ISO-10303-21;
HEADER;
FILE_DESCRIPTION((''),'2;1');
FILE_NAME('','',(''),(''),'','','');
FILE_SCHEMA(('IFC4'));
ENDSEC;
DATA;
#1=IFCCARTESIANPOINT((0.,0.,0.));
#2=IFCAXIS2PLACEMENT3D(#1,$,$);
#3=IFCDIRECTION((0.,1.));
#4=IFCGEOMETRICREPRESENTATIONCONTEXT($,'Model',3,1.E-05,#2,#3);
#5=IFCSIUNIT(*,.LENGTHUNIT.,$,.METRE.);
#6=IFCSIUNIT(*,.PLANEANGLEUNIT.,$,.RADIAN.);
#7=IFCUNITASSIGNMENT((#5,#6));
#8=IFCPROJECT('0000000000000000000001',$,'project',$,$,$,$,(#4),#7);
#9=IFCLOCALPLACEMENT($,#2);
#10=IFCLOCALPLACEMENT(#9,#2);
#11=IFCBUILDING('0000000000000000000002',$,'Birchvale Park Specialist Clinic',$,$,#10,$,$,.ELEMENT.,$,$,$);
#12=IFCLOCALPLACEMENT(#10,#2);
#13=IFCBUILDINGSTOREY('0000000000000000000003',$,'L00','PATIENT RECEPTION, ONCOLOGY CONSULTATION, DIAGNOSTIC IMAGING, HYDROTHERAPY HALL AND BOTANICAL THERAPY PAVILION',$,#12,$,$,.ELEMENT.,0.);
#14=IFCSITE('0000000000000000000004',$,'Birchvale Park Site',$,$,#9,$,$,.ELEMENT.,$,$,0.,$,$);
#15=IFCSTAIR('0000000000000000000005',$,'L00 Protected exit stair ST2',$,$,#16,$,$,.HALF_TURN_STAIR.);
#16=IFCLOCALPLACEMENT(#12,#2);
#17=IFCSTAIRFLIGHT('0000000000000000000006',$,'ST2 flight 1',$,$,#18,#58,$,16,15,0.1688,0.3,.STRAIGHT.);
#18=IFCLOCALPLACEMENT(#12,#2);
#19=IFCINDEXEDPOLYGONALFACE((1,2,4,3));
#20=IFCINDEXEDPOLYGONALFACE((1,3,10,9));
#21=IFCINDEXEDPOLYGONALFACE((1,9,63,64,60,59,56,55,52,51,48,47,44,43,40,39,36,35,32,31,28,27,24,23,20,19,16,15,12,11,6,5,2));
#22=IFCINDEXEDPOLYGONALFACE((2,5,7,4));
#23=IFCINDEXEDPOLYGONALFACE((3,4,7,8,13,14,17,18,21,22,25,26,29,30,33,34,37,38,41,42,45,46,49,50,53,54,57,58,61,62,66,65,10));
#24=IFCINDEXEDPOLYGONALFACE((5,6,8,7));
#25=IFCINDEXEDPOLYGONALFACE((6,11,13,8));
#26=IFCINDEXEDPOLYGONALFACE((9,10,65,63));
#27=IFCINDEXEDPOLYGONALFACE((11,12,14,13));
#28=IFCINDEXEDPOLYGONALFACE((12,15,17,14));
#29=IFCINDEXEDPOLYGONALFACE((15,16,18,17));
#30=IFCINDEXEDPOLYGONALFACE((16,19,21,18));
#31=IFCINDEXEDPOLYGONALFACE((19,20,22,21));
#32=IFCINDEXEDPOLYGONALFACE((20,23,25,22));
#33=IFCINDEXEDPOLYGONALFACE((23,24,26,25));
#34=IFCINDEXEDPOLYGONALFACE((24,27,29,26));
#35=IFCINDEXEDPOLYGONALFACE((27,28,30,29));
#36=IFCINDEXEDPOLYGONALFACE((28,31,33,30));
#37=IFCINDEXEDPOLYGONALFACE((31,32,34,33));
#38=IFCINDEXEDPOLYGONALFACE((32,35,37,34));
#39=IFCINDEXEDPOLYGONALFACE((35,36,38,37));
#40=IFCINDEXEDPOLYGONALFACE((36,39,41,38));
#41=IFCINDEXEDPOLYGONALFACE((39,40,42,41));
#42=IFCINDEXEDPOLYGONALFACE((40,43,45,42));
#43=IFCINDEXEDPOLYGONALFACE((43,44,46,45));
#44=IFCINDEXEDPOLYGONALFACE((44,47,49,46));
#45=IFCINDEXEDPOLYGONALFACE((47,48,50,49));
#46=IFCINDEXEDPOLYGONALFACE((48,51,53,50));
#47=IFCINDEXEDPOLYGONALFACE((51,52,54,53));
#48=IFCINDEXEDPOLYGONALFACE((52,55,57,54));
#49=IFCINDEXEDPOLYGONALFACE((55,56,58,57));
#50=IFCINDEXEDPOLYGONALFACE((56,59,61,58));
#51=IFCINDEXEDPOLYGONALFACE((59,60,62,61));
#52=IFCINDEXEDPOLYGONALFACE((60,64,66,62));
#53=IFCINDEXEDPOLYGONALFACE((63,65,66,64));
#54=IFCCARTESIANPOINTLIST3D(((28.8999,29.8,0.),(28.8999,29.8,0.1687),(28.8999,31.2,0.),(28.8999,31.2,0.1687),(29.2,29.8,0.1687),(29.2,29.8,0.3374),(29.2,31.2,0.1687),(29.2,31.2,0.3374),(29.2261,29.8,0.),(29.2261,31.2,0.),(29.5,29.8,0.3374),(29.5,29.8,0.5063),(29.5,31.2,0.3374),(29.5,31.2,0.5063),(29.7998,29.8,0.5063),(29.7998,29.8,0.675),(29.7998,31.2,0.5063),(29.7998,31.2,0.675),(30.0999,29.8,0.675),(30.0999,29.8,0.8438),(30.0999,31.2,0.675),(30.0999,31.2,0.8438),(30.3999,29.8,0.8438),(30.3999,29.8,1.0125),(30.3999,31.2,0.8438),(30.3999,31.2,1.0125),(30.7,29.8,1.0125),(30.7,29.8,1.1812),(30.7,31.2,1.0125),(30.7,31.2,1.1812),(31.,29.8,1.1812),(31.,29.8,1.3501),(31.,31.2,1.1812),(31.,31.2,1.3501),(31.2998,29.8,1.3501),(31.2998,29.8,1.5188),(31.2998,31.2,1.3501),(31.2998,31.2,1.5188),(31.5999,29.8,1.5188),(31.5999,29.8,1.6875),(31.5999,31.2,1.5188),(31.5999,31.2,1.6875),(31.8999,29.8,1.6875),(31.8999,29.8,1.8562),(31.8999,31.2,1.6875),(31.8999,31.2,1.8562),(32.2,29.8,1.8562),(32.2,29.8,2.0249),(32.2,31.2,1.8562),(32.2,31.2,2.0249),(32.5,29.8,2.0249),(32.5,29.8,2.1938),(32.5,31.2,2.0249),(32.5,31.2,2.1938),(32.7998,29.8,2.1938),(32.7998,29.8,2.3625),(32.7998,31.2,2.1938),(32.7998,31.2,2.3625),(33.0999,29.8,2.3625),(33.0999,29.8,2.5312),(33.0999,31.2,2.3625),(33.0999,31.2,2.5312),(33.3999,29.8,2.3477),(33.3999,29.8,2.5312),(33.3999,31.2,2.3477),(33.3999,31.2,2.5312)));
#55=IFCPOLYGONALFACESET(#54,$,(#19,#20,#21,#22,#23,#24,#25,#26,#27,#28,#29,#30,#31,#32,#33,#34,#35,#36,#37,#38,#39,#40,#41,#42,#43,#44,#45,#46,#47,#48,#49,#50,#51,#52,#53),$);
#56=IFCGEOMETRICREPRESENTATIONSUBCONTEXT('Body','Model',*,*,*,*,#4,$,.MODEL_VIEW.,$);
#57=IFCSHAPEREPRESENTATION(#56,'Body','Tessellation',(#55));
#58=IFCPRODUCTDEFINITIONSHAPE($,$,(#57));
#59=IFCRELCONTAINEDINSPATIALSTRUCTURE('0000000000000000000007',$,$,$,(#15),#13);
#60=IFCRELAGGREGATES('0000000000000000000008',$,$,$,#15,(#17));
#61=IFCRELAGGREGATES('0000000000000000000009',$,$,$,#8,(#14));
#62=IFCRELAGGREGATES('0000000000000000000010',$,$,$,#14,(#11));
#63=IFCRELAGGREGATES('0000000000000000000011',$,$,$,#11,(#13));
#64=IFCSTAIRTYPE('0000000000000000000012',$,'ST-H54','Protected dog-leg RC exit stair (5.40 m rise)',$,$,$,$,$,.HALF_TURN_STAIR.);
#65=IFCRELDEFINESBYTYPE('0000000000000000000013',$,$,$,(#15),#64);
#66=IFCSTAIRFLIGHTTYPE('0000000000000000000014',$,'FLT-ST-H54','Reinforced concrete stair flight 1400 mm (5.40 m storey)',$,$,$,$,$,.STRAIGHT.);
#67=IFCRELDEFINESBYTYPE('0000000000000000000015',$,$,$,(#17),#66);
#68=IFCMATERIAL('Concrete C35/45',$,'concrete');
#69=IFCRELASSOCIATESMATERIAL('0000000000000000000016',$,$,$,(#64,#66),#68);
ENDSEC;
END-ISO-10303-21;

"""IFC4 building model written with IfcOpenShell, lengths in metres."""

from ifc_helpers import new_model, si_unit, direction, frame, origin, place, context, subcontext, project, spatial, polyline, outline, extrude, material, type_object, element, aggregate, save


model = new_model("IFC4")

# Units and contexts
model_context = context("Model", 3, precision=1e-05, world=origin(), true_north=direction((0.0, 1.0)))
body_context = subcontext(model_context, "Body", "Model", "MODEL_VIEW")
ifc_project = project(units=[si_unit("LENGTHUNIT", "METRE"), si_unit("PLANEANGLEUNIT", "RADIAN")], contexts=[model_context])

# Site, building, storey
site_placement = place(None, origin())
site = spatial("IfcSite", under=ifc_project, at=site_placement, Name="Birchvale Park Site", CompositionType="ELEMENT", RefElevation=0.0)
building_placement = place(site_placement, origin())
building = spatial("IfcBuilding", under=site, at=building_placement, Name="Birchvale Park Specialist Clinic", CompositionType="ELEMENT")
storey_placement = place(building_placement, origin())
storey = spatial("IfcBuildingStorey", under=building, at=storey_placement, Name="L00", Description="PATIENT RECEPTION, ONCOLOGY CONSULTATION, DIAGNOSTIC IMAGING, HYDROTHERAPY HALL AND BOTANICAL THERAPY PAVILION", CompositionType="ELEMENT", Elevation=0.0)

# Stair, stair flight
ifc_material_1 = material(Name="Concrete C35/45", Category="concrete")
stair_type = type_object("IfcStairType", Name="ST-H54", Description="Protected dog-leg RC exit stair (5.40 m rise)", PredefinedType="HALF_TURN_STAIR", material=ifc_material_1)
stair_placement = place(storey_placement, origin())
stair = element("IfcStair", 1, at=stair_placement, inside=storey, type_object=stair_type, Name="L00 Protected exit stair ST2", PredefinedType="HALF_TURN_STAIR")
stair_flight_type = type_object("IfcStairFlightType", Name="FLT-ST-H54", Description="Reinforced concrete stair flight 1400 mm (5.40 m storey)", PredefinedType="STRAIGHT", material=ifc_material_1)
stair_flight_placement = place(storey_placement, frame((28.8999, 30.5, 0.0), z_axis=(0.0, 0.0, 1.0), x_axis=(1.0, 0.0, 0.0)))
stair_flight = element("IfcStairFlight", 2, at=stair_flight_placement, type_object=stair_flight_type, Name="ST2 flight 1", NumberOfRisers=16, NumberOfTreads=15, PredefinedType="STRAIGHT", RiserHeight=0.1688, TreadLength=0.3, context=body_context, shape_type="SweptSolid", body=[
    extrude(outline(polyline([(0.0, 0.0), (0.0, 0.1687), (0.3, 0.1687), (0.3, 0.3374), (0.6001, 0.3374), (0.6001, 0.5063), (0.8999, 0.5063), (0.8999, 0.675), (1.2, 0.675), (1.2, 0.8438), (1.5, 0.8438), (1.5, 1.0125), (1.8, 1.0125), (1.8, 1.1812), (2.1001, 1.1812), (2.1001, 1.3501), (2.3999, 1.3501), (2.3999, 1.5188), (2.7, 1.5188), (2.7, 1.6875), (3.0, 1.6875), (3.0, 1.8562), (3.3, 1.8562), (3.3, 2.0249), (3.6001, 2.0249), (3.6001, 2.1938), (3.8999, 2.1938), (3.8999, 2.3625), (4.2, 2.3625), (4.2, 2.5312), (4.5, 2.5312), (4.5, 2.7), (4.5, 2.3477), (0.3262, 0.0), (0.0, 0.0)])), frame((0.0, 0.7, 0.0), z_axis=(0.0, -1.0, 0.0), x_axis=(1.0, 0.0, 0.0)), (0.0, 0.0, 1.0), 1.3999),
])
aggregate(stair, [stair_flight])

save(model, "model.ifc")
